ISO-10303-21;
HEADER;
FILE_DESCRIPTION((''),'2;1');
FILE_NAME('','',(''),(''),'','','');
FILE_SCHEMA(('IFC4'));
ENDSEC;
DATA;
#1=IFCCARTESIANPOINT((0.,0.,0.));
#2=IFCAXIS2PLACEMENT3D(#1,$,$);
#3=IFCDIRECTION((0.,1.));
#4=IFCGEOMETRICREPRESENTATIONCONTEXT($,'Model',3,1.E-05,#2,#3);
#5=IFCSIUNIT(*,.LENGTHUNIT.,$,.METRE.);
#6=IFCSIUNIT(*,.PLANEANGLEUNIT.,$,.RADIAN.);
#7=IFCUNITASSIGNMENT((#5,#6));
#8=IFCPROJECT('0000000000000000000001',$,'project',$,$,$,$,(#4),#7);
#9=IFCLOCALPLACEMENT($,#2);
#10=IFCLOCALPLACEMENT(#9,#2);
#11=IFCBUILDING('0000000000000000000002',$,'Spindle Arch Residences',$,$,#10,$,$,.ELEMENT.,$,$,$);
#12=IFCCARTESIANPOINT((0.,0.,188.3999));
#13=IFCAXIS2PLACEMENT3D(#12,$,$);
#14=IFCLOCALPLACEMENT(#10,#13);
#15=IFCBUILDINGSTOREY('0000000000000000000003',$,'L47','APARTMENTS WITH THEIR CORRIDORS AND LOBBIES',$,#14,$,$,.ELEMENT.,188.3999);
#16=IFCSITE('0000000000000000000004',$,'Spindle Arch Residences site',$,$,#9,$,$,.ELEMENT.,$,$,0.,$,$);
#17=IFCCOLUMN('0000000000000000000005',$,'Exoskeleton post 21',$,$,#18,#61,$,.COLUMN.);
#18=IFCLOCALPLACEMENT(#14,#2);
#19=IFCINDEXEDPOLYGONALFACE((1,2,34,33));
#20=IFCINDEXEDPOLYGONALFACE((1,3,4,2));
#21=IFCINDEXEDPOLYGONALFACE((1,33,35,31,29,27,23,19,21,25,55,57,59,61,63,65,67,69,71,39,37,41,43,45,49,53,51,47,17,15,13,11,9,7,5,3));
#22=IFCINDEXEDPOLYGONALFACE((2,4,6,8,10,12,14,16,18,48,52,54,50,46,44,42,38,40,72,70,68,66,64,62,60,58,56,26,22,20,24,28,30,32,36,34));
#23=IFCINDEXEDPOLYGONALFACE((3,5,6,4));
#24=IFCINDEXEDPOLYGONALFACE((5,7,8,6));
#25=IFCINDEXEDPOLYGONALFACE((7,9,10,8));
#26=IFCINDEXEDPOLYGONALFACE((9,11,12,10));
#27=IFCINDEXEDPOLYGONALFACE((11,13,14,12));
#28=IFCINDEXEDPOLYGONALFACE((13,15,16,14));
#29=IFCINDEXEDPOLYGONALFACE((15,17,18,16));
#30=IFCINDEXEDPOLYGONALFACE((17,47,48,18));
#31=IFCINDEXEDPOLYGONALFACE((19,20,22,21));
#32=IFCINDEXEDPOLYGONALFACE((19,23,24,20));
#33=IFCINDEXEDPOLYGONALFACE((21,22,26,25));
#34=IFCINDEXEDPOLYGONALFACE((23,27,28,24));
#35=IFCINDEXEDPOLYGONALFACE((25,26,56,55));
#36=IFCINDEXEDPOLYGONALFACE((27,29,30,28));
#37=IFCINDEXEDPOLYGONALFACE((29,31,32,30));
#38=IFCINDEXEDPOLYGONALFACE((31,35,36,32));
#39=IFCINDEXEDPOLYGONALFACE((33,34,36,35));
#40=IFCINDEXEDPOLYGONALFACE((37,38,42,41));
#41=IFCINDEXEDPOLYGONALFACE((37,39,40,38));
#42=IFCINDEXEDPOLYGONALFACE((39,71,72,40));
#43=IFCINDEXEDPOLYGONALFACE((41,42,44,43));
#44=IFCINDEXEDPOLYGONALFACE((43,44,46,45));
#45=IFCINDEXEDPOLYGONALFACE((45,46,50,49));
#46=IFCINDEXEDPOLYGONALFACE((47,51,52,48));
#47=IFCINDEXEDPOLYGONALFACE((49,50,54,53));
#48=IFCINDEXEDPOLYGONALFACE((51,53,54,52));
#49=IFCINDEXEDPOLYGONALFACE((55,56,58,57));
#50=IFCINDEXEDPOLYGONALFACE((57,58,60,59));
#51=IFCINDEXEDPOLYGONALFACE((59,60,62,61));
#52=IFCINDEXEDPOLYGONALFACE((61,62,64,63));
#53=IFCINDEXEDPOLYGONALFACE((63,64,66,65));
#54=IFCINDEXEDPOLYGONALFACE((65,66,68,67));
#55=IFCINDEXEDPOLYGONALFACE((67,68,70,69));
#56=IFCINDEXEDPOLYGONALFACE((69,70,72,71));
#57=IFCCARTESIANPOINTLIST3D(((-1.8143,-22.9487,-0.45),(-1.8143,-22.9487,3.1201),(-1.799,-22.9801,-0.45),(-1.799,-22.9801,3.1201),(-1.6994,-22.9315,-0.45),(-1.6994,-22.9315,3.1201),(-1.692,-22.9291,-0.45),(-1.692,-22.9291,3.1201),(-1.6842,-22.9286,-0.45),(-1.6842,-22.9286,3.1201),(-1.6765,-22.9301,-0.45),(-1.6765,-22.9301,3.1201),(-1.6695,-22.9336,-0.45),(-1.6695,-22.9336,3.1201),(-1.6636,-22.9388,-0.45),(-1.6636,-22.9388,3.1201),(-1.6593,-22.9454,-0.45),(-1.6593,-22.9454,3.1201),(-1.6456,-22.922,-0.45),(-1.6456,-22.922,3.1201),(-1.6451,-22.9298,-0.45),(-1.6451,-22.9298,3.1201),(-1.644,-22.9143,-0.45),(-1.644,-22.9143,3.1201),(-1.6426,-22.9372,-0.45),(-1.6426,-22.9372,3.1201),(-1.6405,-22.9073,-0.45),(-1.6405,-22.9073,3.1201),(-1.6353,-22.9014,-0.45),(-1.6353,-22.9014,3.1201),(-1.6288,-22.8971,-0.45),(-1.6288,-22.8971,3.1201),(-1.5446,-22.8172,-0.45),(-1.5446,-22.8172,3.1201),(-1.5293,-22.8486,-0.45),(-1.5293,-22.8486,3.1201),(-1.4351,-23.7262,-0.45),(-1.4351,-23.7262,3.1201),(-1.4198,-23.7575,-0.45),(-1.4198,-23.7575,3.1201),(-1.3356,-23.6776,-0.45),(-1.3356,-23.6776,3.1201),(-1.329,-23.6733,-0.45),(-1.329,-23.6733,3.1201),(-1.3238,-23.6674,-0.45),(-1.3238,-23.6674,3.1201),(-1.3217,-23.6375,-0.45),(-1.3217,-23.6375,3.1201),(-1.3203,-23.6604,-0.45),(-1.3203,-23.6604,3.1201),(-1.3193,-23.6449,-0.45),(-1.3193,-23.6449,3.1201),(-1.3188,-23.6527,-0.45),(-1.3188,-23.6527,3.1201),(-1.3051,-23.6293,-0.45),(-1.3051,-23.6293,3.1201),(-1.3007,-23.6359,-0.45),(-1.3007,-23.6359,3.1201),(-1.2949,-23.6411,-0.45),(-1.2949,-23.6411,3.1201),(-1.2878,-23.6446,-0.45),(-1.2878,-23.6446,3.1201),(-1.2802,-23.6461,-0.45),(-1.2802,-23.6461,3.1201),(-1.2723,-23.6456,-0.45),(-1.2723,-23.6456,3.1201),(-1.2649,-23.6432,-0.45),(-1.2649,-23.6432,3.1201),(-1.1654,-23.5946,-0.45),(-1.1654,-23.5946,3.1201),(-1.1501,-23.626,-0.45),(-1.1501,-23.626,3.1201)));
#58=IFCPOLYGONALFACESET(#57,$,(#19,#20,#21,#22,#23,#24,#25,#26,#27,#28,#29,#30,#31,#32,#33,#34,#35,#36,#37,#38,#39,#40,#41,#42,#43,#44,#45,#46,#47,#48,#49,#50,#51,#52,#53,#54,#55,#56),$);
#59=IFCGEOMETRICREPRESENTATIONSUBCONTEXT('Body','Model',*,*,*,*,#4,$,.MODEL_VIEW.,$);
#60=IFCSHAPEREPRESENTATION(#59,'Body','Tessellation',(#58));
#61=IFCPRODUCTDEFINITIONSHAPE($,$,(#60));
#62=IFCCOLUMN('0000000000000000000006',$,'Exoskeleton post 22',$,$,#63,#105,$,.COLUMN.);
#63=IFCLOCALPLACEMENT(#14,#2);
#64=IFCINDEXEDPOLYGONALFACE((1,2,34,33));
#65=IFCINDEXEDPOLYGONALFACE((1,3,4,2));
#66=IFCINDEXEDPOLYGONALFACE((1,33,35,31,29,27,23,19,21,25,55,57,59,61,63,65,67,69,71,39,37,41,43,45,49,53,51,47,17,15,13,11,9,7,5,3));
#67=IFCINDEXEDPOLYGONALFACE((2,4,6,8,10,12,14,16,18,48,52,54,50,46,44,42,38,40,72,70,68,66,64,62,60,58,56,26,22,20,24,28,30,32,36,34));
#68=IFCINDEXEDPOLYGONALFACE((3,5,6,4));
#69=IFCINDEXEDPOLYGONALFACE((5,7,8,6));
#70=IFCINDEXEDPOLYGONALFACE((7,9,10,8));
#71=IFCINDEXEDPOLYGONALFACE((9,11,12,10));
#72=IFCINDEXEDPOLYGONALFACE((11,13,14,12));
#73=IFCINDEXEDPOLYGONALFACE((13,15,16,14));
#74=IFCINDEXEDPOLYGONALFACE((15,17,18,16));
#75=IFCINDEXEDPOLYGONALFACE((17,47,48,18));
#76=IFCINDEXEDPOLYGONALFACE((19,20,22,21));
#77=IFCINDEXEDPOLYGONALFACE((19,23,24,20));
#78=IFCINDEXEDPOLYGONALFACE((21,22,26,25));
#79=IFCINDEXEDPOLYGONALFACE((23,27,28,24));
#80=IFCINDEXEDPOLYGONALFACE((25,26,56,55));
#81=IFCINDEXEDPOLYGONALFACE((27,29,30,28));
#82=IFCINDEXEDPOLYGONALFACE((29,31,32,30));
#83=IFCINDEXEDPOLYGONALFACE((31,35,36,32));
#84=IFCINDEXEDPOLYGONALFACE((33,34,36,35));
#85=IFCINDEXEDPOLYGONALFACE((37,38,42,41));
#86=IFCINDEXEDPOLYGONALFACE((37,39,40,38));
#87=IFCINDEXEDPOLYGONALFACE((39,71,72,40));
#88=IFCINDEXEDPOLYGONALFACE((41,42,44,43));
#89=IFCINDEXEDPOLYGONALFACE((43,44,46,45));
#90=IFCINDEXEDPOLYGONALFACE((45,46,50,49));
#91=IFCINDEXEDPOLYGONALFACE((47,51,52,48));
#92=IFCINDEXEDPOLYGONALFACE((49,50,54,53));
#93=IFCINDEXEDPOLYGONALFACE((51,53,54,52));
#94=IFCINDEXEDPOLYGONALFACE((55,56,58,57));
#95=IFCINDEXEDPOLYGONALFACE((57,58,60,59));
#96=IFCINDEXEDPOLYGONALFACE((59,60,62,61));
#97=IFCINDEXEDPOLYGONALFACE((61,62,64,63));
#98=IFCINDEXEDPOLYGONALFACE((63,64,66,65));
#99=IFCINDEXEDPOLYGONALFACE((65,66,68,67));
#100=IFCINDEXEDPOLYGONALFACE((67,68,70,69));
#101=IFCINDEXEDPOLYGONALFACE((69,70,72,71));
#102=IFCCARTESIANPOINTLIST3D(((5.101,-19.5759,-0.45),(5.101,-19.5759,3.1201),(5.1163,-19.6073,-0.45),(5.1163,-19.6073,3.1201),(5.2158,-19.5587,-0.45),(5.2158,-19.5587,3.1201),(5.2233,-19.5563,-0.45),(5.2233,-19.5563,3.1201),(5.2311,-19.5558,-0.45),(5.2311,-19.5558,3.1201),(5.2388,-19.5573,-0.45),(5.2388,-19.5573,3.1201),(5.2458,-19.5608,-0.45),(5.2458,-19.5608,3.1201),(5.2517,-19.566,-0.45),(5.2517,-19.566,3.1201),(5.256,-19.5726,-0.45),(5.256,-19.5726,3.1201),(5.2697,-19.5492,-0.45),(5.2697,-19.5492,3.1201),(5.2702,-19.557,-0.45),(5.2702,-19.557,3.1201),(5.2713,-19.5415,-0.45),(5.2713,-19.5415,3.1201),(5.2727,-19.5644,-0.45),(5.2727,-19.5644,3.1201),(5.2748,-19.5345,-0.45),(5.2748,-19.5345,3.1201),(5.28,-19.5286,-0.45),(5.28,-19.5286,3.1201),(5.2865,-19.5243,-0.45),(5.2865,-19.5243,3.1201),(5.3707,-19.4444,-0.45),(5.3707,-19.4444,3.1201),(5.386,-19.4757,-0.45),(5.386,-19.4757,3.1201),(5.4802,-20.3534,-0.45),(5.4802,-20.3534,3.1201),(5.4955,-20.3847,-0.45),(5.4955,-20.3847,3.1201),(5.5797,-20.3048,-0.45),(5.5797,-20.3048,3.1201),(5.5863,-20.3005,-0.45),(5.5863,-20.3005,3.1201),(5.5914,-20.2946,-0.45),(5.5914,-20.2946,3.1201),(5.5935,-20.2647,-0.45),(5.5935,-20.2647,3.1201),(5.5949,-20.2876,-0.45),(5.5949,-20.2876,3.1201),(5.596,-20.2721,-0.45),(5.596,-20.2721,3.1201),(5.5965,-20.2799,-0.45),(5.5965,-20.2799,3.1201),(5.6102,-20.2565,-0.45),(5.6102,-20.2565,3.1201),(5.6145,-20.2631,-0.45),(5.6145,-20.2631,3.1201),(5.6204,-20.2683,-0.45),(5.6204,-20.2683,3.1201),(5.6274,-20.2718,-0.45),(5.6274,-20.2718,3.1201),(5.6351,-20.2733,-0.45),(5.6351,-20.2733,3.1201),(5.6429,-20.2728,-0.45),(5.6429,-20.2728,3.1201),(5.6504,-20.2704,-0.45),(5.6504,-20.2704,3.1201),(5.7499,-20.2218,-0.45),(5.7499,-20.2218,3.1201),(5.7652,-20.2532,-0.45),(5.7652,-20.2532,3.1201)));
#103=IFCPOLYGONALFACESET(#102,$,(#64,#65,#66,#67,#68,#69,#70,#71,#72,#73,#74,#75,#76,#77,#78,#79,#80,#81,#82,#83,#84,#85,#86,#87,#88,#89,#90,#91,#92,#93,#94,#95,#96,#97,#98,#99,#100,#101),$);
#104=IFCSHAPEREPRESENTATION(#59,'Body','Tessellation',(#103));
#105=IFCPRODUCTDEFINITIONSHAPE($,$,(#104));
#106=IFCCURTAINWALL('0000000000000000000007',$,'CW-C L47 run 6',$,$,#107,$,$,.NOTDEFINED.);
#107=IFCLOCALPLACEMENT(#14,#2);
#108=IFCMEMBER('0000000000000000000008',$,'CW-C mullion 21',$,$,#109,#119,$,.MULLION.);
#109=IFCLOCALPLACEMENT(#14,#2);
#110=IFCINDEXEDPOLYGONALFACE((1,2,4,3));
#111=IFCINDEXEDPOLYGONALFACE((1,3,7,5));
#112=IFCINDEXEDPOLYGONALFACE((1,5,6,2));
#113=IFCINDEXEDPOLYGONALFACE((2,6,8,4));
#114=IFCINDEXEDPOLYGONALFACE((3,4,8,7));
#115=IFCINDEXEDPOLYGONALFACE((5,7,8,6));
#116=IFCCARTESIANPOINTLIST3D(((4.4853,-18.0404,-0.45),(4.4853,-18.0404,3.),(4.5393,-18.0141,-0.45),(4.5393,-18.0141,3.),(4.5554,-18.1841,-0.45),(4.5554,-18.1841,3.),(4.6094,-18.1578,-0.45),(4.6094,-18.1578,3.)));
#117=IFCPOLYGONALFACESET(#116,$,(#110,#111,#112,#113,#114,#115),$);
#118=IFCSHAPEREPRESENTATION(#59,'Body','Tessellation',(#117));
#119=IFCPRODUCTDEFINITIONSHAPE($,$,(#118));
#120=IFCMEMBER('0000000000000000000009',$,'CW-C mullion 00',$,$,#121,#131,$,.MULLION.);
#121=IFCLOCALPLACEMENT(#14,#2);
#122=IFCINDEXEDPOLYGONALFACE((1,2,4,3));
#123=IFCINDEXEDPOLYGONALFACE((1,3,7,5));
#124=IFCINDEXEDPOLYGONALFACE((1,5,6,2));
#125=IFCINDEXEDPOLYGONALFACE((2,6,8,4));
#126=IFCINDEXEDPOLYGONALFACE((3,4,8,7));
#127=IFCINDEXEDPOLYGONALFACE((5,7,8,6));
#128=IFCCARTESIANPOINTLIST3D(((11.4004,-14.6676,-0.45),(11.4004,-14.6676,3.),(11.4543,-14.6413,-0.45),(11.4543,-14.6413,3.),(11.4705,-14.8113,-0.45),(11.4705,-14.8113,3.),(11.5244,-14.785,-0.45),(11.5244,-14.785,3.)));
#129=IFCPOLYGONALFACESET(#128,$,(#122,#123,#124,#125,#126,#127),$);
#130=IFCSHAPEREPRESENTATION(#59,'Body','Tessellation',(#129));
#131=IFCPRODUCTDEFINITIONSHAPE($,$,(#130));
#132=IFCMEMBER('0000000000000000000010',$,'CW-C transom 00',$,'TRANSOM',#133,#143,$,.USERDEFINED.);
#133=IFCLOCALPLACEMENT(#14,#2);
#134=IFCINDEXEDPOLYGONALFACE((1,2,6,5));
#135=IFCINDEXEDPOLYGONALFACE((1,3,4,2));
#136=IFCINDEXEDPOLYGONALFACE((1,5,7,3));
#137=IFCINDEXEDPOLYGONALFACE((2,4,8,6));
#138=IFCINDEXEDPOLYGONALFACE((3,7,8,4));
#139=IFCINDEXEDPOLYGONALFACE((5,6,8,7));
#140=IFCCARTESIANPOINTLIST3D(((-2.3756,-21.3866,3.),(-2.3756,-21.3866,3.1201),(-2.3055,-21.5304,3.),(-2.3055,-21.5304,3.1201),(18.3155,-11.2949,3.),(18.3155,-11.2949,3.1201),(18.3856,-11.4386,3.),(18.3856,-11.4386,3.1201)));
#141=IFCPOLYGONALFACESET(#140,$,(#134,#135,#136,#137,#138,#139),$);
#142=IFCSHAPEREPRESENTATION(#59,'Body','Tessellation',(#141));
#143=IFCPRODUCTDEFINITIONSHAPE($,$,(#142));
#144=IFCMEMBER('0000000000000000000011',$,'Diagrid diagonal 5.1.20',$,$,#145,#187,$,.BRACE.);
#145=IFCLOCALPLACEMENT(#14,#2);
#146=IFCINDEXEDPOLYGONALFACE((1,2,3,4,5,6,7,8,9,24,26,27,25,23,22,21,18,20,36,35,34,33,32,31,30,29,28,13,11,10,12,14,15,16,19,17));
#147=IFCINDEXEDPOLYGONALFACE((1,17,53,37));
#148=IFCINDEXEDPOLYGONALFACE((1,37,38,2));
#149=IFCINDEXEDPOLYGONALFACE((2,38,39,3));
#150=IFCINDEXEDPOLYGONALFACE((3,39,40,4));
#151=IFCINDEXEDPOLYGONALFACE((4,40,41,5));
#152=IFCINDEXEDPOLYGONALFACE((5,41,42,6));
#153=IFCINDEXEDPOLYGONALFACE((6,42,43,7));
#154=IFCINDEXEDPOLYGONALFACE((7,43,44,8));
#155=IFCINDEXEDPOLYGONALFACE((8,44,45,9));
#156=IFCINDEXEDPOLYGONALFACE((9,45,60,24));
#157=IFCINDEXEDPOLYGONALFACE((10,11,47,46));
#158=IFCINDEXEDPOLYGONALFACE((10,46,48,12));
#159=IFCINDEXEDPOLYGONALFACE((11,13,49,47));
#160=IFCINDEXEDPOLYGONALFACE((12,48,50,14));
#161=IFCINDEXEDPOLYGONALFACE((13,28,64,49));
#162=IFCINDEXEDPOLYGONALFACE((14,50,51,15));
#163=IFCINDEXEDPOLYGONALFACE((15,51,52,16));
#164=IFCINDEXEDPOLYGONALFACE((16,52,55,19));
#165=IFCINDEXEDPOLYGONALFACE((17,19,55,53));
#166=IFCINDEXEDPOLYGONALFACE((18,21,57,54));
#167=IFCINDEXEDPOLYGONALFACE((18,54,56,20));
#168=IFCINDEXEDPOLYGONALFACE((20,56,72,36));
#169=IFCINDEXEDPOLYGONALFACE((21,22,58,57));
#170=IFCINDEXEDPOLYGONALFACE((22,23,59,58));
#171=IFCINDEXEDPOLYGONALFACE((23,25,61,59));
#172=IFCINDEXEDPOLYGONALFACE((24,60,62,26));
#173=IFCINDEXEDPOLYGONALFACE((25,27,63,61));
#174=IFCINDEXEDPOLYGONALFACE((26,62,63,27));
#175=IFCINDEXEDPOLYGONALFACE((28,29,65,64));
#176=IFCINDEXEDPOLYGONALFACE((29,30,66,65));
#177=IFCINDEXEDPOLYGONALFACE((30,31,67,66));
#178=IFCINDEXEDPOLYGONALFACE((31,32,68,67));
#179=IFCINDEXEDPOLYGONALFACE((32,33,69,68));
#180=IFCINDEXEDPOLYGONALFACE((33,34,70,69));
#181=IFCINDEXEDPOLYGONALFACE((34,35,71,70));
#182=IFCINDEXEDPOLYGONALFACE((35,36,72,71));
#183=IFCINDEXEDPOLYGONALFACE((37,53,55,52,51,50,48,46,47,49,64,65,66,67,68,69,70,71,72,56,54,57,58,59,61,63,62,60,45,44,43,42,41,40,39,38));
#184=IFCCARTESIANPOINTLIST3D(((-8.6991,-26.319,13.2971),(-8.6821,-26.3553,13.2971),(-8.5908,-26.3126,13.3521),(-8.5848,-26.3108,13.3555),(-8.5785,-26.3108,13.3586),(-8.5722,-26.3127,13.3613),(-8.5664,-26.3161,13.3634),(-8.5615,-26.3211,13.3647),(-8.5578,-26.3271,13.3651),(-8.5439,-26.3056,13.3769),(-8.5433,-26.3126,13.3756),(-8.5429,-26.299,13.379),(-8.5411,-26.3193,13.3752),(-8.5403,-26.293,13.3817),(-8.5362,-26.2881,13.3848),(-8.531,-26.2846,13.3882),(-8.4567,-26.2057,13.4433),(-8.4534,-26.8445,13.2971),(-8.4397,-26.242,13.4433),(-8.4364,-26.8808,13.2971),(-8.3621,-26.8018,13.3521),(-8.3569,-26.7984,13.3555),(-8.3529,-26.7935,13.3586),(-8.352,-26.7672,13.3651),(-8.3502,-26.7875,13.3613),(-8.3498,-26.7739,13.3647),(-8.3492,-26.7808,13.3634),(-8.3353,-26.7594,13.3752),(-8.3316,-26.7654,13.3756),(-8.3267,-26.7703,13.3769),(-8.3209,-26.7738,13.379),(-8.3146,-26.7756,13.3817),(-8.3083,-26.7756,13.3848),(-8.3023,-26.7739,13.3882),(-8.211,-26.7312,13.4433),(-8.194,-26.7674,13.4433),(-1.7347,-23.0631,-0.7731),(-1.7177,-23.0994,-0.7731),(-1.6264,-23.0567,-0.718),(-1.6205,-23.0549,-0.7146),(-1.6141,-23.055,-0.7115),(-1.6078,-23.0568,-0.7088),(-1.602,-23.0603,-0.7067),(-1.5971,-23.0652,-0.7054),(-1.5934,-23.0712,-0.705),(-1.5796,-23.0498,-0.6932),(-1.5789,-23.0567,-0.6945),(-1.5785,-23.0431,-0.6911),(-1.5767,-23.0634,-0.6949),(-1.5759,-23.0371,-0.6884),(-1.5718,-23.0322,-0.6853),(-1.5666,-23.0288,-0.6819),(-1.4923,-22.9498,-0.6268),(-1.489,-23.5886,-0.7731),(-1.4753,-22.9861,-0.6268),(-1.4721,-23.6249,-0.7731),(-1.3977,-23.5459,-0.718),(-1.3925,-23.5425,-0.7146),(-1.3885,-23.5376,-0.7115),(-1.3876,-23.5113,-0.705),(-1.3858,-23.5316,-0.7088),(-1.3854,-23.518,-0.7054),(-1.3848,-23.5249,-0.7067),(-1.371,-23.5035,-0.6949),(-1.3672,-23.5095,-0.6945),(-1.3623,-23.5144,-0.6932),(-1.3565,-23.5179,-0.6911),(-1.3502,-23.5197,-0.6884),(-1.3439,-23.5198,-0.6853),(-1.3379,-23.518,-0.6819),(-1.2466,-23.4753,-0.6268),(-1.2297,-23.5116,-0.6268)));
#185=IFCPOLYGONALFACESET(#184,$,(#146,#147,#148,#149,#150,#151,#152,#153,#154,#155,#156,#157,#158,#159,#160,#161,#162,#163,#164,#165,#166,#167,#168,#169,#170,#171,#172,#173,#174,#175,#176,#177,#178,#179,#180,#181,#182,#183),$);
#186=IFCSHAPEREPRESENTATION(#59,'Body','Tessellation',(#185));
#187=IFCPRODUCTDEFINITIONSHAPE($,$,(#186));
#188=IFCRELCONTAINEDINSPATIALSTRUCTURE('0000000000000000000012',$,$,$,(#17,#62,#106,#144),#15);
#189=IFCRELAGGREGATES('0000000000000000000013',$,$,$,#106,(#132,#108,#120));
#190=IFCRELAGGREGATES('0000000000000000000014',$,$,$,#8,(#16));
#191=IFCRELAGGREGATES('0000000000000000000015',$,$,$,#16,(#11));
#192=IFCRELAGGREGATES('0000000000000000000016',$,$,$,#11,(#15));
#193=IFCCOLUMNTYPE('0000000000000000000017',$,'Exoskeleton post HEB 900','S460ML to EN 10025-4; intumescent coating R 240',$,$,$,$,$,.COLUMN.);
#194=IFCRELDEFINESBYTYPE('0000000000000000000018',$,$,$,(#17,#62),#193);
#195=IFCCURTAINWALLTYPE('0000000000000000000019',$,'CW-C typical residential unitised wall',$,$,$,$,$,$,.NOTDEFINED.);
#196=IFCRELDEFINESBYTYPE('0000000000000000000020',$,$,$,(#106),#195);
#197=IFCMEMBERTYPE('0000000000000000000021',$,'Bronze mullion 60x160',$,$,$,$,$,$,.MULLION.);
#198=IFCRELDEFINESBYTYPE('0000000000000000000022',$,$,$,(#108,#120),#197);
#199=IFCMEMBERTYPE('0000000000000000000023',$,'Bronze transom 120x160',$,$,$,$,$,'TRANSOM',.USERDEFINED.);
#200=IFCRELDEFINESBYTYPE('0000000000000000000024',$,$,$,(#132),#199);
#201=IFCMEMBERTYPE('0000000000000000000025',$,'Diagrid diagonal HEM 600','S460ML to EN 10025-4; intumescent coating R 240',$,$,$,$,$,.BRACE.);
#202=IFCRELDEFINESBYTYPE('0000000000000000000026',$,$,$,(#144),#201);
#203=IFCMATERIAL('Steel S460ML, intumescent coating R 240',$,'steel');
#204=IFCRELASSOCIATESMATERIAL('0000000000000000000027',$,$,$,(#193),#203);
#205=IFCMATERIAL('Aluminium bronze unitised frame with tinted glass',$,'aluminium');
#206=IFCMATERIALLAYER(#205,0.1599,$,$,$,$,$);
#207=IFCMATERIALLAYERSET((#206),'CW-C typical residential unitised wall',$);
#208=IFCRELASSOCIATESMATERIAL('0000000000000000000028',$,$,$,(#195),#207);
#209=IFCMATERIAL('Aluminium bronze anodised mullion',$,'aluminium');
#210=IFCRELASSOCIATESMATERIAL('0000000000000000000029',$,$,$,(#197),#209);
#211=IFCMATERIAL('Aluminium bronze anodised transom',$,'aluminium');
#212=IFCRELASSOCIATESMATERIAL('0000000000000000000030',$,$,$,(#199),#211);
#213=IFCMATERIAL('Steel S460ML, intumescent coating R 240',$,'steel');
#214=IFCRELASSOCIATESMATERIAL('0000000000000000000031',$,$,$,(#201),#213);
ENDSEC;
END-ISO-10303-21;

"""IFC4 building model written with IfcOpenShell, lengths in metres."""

from ifc_helpers import new_model, si_unit, direction, frame, origin, origin_2d, place, context, subcontext, project, spatial, rectangle, i_section, extrude, material, layer, layer_set, material_profile, profile_set, type_object, element, aggregate, save


model = new_model("IFC4")

# Units and contexts
model_context = context("Model", 3, precision=1e-05, world=origin(), true_north=direction((0.0, 1.0)))
body_context = subcontext(model_context, "Body", "Model", "MODEL_VIEW")
ifc_project = project(units=[si_unit("LENGTHUNIT", "METRE"), si_unit("PLANEANGLEUNIT", "RADIAN")], contexts=[model_context])

# Site, building, storey
site_placement = place(None, origin())
site = spatial("IfcSite", under=ifc_project, at=site_placement, Name="Spindle Arch Residences site", CompositionType="ELEMENT", RefElevation=0.0)
building_placement = place(site_placement, origin())
building = spatial("IfcBuilding", under=site, at=building_placement, Name="Spindle Arch Residences", CompositionType="ELEMENT")
storey_placement = place(building_placement, frame((0.0, 0.0, 188.3999)))
storey = spatial("IfcBuildingStorey", under=building, at=storey_placement, Name="L47", Description="APARTMENTS WITH THEIR CORRIDORS AND LOBBIES", CompositionType="ELEMENT", Elevation=188.3999)

# Columns
ifc_material_1 = material(Name="Steel S460ML, intumescent coating R 240", Category="steel")
ifc_material_profile_1 = material_profile(ifc_material_1, i_section(OverallWidth=0.3, OverallDepth=0.8999, WebThickness=0.0186, FlangeThickness=0.0349, FilletRadius=0.03, at=origin_2d()), Name="HEB 900")
ifc_profile_set_1 = profile_set([ifc_material_profile_1], Name="Steel S460ML, intumescent coating R 240")
column_type = type_object("IfcColumnType", Name="Exoskeleton post HEB 900", Description="S460ML to EN 10025-4; intumescent coating R 240", PredefinedType="COLUMN", material=ifc_profile_set_1)
for number, where, z_axis, x_axis, name in (
    (1, (-1.4822, -23.2874, -0.45), (0.0, 0.0, 1.0), (-0.898794, -0.438371, 0.0), "Exoskeleton post 21"),
    (2, (5.4331, -19.9146, -0.45), (0.0, 0.0, 1.0), (-0.898794, -0.438371, 0.0), "Exoskeleton post 22"),
):
    element("IfcColumn", number, at=place(storey_placement, frame(where, z_axis=z_axis, x_axis=x_axis)), inside=storey, type_object=column_type, Name=name, PredefinedType="COLUMN", context=body_context, shape_type="SweptSolid", body=[
        extrude(i_section(OverallWidth=0.3, OverallDepth=0.8999, WebThickness=0.0186, FlangeThickness=0.0349, FilletRadius=0.03, at=origin_2d()), origin(), (0.0, 0.0, 1.0), 3.5701),
    ])

# Curtain wall, members
ifc_material_2 = material(Name="Aluminium bronze unitised frame with tinted glass", Category="aluminium")
ifc_layer_1 = layer(ifc_material_2, 0.1599)
ifc_layer_set_1 = layer_set([ifc_layer_1], Name="CW-C typical residential unitised wall")
curtain_wall_type = type_object("IfcCurtainWallType", Name="CW-C typical residential unitised wall", PredefinedType="NOTDEFINED", material=ifc_layer_set_1)
curtain_wall_placement = place(storey_placement, origin())
curtain_wall = element("IfcCurtainWall", 3, at=curtain_wall_placement, inside=storey, type_object=curtain_wall_type, Name="CW-C L47 run 6", PredefinedType="NOTDEFINED")
ifc_material_3 = material(Name="Aluminium bronze anodised mullion", Category="aluminium")
ifc_material_profile_2 = material_profile(ifc_material_3, rectangle(XDim=0.1599, YDim=0.0601, at=origin_2d()), Name="MU 60x160")
ifc_profile_set_2 = profile_set([ifc_material_profile_2], Name="Aluminium bronze anodised mullion")
member_type_1 = type_object("IfcMemberType", Name="Bronze mullion 60x160", PredefinedType="MULLION", material=ifc_profile_set_2)
member_1_placement = place(storey_placement, frame((4.5474, -18.0991, -0.45), z_axis=(0.0, 0.0, 1.0), x_axis=(-0.438371, 0.898794, 0.0)))
member_1 = element("IfcMember", 4, at=member_1_placement, type_object=member_type_1, Name="CW-C mullion 21", PredefinedType="MULLION", context=body_context, shape_type="SweptSolid", body=[
    extrude(rectangle(XDim=0.1599, YDim=0.0601, at=origin_2d()), origin(), (0.0, 0.0, 1.0), 3.45),
])
member_2_placement = place(storey_placement, frame((11.4624, -14.7263, -0.45), z_axis=(0.0, 0.0, 1.0), x_axis=(-0.438371, 0.898794, 0.0)))
member_2 = element("IfcMember", 5, at=member_2_placement, type_object=member_type_1, Name="CW-C mullion 00", PredefinedType="MULLION", context=body_context, shape_type="SweptSolid", body=[
    extrude(rectangle(XDim=0.1599, YDim=0.0601, at=origin_2d()), origin(), (0.0, 0.0, 1.0), 3.45),
])
ifc_material_4 = material(Name="Aluminium bronze anodised transom", Category="aluminium")
ifc_material_profile_3 = material_profile(ifc_material_4, rectangle(XDim=0.1599, YDim=0.1201, at=origin_2d()), Name="TR 120x160")
ifc_profile_set_3 = profile_set([ifc_material_profile_3], Name="Aluminium bronze anodised transom")
member_type_2 = type_object("IfcMemberType", Name="Bronze transom 120x160", ElementType="TRANSOM", PredefinedType="USERDEFINED", material=ifc_profile_set_3)
member_3_placement = place(storey_placement, frame((-2.3406, -21.4585, 3.0601), z_axis=(0.898793, 0.438373, 0.0), x_axis=(-0.438373, 0.898793, 0.0)))
member_3 = element("IfcMember", 6, at=member_3_placement, type_object=member_type_2, Name="CW-C transom 00", ObjectType="TRANSOM", PredefinedType="USERDEFINED", context=body_context, shape_type="SweptSolid", body=[
    extrude(rectangle(XDim=0.1599, YDim=0.1201, at=origin_2d()), origin(), (0.0, 0.0, 1.0), 23.021),
])

# Member
ifc_material_5 = material(Name="Steel S460ML, intumescent coating R 240", Category="steel")
ifc_material_profile_4 = material_profile(ifc_material_5, i_section(OverallWidth=0.3049, OverallDepth=0.6201, WebThickness=0.021, FlangeThickness=0.04, FilletRadius=0.0271, at=origin_2d()), Name="HEM 600")
ifc_profile_set_4 = profile_set([ifc_material_profile_4], Name="Steel S460ML, intumescent coating R 240")
member_type_3 = type_object("IfcMemberType", Name="Diagrid diagonal HEM 600", Description="S460ML to EN 10025-4; intumescent coating R 240", PredefinedType="BRACE", material=ifc_profile_set_4)
member_4_placement = place(storey_placement, frame((-1.4822, -23.2874, -0.7), z_axis=(-0.434366, -0.203067, 0.877548), x_axis=(0.794964, 0.371648, 0.479489)))
element("IfcMember", 7, at=member_4_placement, inside=storey, type_object=member_type_3, Name="Diagrid diagonal 5.1.20", PredefinedType="BRACE", context=body_context, shape_type="SweptSolid", body=[
    extrude(i_section(OverallWidth=0.3049, OverallDepth=0.6201, WebThickness=0.021, FlangeThickness=0.04, FilletRadius=0.0271, at=origin_2d()), origin(), (0.0, 0.0, 1.0), 16.0334),
])

aggregate(curtain_wall, [member_3, member_1, member_2])

save(model, "model.ifc")
